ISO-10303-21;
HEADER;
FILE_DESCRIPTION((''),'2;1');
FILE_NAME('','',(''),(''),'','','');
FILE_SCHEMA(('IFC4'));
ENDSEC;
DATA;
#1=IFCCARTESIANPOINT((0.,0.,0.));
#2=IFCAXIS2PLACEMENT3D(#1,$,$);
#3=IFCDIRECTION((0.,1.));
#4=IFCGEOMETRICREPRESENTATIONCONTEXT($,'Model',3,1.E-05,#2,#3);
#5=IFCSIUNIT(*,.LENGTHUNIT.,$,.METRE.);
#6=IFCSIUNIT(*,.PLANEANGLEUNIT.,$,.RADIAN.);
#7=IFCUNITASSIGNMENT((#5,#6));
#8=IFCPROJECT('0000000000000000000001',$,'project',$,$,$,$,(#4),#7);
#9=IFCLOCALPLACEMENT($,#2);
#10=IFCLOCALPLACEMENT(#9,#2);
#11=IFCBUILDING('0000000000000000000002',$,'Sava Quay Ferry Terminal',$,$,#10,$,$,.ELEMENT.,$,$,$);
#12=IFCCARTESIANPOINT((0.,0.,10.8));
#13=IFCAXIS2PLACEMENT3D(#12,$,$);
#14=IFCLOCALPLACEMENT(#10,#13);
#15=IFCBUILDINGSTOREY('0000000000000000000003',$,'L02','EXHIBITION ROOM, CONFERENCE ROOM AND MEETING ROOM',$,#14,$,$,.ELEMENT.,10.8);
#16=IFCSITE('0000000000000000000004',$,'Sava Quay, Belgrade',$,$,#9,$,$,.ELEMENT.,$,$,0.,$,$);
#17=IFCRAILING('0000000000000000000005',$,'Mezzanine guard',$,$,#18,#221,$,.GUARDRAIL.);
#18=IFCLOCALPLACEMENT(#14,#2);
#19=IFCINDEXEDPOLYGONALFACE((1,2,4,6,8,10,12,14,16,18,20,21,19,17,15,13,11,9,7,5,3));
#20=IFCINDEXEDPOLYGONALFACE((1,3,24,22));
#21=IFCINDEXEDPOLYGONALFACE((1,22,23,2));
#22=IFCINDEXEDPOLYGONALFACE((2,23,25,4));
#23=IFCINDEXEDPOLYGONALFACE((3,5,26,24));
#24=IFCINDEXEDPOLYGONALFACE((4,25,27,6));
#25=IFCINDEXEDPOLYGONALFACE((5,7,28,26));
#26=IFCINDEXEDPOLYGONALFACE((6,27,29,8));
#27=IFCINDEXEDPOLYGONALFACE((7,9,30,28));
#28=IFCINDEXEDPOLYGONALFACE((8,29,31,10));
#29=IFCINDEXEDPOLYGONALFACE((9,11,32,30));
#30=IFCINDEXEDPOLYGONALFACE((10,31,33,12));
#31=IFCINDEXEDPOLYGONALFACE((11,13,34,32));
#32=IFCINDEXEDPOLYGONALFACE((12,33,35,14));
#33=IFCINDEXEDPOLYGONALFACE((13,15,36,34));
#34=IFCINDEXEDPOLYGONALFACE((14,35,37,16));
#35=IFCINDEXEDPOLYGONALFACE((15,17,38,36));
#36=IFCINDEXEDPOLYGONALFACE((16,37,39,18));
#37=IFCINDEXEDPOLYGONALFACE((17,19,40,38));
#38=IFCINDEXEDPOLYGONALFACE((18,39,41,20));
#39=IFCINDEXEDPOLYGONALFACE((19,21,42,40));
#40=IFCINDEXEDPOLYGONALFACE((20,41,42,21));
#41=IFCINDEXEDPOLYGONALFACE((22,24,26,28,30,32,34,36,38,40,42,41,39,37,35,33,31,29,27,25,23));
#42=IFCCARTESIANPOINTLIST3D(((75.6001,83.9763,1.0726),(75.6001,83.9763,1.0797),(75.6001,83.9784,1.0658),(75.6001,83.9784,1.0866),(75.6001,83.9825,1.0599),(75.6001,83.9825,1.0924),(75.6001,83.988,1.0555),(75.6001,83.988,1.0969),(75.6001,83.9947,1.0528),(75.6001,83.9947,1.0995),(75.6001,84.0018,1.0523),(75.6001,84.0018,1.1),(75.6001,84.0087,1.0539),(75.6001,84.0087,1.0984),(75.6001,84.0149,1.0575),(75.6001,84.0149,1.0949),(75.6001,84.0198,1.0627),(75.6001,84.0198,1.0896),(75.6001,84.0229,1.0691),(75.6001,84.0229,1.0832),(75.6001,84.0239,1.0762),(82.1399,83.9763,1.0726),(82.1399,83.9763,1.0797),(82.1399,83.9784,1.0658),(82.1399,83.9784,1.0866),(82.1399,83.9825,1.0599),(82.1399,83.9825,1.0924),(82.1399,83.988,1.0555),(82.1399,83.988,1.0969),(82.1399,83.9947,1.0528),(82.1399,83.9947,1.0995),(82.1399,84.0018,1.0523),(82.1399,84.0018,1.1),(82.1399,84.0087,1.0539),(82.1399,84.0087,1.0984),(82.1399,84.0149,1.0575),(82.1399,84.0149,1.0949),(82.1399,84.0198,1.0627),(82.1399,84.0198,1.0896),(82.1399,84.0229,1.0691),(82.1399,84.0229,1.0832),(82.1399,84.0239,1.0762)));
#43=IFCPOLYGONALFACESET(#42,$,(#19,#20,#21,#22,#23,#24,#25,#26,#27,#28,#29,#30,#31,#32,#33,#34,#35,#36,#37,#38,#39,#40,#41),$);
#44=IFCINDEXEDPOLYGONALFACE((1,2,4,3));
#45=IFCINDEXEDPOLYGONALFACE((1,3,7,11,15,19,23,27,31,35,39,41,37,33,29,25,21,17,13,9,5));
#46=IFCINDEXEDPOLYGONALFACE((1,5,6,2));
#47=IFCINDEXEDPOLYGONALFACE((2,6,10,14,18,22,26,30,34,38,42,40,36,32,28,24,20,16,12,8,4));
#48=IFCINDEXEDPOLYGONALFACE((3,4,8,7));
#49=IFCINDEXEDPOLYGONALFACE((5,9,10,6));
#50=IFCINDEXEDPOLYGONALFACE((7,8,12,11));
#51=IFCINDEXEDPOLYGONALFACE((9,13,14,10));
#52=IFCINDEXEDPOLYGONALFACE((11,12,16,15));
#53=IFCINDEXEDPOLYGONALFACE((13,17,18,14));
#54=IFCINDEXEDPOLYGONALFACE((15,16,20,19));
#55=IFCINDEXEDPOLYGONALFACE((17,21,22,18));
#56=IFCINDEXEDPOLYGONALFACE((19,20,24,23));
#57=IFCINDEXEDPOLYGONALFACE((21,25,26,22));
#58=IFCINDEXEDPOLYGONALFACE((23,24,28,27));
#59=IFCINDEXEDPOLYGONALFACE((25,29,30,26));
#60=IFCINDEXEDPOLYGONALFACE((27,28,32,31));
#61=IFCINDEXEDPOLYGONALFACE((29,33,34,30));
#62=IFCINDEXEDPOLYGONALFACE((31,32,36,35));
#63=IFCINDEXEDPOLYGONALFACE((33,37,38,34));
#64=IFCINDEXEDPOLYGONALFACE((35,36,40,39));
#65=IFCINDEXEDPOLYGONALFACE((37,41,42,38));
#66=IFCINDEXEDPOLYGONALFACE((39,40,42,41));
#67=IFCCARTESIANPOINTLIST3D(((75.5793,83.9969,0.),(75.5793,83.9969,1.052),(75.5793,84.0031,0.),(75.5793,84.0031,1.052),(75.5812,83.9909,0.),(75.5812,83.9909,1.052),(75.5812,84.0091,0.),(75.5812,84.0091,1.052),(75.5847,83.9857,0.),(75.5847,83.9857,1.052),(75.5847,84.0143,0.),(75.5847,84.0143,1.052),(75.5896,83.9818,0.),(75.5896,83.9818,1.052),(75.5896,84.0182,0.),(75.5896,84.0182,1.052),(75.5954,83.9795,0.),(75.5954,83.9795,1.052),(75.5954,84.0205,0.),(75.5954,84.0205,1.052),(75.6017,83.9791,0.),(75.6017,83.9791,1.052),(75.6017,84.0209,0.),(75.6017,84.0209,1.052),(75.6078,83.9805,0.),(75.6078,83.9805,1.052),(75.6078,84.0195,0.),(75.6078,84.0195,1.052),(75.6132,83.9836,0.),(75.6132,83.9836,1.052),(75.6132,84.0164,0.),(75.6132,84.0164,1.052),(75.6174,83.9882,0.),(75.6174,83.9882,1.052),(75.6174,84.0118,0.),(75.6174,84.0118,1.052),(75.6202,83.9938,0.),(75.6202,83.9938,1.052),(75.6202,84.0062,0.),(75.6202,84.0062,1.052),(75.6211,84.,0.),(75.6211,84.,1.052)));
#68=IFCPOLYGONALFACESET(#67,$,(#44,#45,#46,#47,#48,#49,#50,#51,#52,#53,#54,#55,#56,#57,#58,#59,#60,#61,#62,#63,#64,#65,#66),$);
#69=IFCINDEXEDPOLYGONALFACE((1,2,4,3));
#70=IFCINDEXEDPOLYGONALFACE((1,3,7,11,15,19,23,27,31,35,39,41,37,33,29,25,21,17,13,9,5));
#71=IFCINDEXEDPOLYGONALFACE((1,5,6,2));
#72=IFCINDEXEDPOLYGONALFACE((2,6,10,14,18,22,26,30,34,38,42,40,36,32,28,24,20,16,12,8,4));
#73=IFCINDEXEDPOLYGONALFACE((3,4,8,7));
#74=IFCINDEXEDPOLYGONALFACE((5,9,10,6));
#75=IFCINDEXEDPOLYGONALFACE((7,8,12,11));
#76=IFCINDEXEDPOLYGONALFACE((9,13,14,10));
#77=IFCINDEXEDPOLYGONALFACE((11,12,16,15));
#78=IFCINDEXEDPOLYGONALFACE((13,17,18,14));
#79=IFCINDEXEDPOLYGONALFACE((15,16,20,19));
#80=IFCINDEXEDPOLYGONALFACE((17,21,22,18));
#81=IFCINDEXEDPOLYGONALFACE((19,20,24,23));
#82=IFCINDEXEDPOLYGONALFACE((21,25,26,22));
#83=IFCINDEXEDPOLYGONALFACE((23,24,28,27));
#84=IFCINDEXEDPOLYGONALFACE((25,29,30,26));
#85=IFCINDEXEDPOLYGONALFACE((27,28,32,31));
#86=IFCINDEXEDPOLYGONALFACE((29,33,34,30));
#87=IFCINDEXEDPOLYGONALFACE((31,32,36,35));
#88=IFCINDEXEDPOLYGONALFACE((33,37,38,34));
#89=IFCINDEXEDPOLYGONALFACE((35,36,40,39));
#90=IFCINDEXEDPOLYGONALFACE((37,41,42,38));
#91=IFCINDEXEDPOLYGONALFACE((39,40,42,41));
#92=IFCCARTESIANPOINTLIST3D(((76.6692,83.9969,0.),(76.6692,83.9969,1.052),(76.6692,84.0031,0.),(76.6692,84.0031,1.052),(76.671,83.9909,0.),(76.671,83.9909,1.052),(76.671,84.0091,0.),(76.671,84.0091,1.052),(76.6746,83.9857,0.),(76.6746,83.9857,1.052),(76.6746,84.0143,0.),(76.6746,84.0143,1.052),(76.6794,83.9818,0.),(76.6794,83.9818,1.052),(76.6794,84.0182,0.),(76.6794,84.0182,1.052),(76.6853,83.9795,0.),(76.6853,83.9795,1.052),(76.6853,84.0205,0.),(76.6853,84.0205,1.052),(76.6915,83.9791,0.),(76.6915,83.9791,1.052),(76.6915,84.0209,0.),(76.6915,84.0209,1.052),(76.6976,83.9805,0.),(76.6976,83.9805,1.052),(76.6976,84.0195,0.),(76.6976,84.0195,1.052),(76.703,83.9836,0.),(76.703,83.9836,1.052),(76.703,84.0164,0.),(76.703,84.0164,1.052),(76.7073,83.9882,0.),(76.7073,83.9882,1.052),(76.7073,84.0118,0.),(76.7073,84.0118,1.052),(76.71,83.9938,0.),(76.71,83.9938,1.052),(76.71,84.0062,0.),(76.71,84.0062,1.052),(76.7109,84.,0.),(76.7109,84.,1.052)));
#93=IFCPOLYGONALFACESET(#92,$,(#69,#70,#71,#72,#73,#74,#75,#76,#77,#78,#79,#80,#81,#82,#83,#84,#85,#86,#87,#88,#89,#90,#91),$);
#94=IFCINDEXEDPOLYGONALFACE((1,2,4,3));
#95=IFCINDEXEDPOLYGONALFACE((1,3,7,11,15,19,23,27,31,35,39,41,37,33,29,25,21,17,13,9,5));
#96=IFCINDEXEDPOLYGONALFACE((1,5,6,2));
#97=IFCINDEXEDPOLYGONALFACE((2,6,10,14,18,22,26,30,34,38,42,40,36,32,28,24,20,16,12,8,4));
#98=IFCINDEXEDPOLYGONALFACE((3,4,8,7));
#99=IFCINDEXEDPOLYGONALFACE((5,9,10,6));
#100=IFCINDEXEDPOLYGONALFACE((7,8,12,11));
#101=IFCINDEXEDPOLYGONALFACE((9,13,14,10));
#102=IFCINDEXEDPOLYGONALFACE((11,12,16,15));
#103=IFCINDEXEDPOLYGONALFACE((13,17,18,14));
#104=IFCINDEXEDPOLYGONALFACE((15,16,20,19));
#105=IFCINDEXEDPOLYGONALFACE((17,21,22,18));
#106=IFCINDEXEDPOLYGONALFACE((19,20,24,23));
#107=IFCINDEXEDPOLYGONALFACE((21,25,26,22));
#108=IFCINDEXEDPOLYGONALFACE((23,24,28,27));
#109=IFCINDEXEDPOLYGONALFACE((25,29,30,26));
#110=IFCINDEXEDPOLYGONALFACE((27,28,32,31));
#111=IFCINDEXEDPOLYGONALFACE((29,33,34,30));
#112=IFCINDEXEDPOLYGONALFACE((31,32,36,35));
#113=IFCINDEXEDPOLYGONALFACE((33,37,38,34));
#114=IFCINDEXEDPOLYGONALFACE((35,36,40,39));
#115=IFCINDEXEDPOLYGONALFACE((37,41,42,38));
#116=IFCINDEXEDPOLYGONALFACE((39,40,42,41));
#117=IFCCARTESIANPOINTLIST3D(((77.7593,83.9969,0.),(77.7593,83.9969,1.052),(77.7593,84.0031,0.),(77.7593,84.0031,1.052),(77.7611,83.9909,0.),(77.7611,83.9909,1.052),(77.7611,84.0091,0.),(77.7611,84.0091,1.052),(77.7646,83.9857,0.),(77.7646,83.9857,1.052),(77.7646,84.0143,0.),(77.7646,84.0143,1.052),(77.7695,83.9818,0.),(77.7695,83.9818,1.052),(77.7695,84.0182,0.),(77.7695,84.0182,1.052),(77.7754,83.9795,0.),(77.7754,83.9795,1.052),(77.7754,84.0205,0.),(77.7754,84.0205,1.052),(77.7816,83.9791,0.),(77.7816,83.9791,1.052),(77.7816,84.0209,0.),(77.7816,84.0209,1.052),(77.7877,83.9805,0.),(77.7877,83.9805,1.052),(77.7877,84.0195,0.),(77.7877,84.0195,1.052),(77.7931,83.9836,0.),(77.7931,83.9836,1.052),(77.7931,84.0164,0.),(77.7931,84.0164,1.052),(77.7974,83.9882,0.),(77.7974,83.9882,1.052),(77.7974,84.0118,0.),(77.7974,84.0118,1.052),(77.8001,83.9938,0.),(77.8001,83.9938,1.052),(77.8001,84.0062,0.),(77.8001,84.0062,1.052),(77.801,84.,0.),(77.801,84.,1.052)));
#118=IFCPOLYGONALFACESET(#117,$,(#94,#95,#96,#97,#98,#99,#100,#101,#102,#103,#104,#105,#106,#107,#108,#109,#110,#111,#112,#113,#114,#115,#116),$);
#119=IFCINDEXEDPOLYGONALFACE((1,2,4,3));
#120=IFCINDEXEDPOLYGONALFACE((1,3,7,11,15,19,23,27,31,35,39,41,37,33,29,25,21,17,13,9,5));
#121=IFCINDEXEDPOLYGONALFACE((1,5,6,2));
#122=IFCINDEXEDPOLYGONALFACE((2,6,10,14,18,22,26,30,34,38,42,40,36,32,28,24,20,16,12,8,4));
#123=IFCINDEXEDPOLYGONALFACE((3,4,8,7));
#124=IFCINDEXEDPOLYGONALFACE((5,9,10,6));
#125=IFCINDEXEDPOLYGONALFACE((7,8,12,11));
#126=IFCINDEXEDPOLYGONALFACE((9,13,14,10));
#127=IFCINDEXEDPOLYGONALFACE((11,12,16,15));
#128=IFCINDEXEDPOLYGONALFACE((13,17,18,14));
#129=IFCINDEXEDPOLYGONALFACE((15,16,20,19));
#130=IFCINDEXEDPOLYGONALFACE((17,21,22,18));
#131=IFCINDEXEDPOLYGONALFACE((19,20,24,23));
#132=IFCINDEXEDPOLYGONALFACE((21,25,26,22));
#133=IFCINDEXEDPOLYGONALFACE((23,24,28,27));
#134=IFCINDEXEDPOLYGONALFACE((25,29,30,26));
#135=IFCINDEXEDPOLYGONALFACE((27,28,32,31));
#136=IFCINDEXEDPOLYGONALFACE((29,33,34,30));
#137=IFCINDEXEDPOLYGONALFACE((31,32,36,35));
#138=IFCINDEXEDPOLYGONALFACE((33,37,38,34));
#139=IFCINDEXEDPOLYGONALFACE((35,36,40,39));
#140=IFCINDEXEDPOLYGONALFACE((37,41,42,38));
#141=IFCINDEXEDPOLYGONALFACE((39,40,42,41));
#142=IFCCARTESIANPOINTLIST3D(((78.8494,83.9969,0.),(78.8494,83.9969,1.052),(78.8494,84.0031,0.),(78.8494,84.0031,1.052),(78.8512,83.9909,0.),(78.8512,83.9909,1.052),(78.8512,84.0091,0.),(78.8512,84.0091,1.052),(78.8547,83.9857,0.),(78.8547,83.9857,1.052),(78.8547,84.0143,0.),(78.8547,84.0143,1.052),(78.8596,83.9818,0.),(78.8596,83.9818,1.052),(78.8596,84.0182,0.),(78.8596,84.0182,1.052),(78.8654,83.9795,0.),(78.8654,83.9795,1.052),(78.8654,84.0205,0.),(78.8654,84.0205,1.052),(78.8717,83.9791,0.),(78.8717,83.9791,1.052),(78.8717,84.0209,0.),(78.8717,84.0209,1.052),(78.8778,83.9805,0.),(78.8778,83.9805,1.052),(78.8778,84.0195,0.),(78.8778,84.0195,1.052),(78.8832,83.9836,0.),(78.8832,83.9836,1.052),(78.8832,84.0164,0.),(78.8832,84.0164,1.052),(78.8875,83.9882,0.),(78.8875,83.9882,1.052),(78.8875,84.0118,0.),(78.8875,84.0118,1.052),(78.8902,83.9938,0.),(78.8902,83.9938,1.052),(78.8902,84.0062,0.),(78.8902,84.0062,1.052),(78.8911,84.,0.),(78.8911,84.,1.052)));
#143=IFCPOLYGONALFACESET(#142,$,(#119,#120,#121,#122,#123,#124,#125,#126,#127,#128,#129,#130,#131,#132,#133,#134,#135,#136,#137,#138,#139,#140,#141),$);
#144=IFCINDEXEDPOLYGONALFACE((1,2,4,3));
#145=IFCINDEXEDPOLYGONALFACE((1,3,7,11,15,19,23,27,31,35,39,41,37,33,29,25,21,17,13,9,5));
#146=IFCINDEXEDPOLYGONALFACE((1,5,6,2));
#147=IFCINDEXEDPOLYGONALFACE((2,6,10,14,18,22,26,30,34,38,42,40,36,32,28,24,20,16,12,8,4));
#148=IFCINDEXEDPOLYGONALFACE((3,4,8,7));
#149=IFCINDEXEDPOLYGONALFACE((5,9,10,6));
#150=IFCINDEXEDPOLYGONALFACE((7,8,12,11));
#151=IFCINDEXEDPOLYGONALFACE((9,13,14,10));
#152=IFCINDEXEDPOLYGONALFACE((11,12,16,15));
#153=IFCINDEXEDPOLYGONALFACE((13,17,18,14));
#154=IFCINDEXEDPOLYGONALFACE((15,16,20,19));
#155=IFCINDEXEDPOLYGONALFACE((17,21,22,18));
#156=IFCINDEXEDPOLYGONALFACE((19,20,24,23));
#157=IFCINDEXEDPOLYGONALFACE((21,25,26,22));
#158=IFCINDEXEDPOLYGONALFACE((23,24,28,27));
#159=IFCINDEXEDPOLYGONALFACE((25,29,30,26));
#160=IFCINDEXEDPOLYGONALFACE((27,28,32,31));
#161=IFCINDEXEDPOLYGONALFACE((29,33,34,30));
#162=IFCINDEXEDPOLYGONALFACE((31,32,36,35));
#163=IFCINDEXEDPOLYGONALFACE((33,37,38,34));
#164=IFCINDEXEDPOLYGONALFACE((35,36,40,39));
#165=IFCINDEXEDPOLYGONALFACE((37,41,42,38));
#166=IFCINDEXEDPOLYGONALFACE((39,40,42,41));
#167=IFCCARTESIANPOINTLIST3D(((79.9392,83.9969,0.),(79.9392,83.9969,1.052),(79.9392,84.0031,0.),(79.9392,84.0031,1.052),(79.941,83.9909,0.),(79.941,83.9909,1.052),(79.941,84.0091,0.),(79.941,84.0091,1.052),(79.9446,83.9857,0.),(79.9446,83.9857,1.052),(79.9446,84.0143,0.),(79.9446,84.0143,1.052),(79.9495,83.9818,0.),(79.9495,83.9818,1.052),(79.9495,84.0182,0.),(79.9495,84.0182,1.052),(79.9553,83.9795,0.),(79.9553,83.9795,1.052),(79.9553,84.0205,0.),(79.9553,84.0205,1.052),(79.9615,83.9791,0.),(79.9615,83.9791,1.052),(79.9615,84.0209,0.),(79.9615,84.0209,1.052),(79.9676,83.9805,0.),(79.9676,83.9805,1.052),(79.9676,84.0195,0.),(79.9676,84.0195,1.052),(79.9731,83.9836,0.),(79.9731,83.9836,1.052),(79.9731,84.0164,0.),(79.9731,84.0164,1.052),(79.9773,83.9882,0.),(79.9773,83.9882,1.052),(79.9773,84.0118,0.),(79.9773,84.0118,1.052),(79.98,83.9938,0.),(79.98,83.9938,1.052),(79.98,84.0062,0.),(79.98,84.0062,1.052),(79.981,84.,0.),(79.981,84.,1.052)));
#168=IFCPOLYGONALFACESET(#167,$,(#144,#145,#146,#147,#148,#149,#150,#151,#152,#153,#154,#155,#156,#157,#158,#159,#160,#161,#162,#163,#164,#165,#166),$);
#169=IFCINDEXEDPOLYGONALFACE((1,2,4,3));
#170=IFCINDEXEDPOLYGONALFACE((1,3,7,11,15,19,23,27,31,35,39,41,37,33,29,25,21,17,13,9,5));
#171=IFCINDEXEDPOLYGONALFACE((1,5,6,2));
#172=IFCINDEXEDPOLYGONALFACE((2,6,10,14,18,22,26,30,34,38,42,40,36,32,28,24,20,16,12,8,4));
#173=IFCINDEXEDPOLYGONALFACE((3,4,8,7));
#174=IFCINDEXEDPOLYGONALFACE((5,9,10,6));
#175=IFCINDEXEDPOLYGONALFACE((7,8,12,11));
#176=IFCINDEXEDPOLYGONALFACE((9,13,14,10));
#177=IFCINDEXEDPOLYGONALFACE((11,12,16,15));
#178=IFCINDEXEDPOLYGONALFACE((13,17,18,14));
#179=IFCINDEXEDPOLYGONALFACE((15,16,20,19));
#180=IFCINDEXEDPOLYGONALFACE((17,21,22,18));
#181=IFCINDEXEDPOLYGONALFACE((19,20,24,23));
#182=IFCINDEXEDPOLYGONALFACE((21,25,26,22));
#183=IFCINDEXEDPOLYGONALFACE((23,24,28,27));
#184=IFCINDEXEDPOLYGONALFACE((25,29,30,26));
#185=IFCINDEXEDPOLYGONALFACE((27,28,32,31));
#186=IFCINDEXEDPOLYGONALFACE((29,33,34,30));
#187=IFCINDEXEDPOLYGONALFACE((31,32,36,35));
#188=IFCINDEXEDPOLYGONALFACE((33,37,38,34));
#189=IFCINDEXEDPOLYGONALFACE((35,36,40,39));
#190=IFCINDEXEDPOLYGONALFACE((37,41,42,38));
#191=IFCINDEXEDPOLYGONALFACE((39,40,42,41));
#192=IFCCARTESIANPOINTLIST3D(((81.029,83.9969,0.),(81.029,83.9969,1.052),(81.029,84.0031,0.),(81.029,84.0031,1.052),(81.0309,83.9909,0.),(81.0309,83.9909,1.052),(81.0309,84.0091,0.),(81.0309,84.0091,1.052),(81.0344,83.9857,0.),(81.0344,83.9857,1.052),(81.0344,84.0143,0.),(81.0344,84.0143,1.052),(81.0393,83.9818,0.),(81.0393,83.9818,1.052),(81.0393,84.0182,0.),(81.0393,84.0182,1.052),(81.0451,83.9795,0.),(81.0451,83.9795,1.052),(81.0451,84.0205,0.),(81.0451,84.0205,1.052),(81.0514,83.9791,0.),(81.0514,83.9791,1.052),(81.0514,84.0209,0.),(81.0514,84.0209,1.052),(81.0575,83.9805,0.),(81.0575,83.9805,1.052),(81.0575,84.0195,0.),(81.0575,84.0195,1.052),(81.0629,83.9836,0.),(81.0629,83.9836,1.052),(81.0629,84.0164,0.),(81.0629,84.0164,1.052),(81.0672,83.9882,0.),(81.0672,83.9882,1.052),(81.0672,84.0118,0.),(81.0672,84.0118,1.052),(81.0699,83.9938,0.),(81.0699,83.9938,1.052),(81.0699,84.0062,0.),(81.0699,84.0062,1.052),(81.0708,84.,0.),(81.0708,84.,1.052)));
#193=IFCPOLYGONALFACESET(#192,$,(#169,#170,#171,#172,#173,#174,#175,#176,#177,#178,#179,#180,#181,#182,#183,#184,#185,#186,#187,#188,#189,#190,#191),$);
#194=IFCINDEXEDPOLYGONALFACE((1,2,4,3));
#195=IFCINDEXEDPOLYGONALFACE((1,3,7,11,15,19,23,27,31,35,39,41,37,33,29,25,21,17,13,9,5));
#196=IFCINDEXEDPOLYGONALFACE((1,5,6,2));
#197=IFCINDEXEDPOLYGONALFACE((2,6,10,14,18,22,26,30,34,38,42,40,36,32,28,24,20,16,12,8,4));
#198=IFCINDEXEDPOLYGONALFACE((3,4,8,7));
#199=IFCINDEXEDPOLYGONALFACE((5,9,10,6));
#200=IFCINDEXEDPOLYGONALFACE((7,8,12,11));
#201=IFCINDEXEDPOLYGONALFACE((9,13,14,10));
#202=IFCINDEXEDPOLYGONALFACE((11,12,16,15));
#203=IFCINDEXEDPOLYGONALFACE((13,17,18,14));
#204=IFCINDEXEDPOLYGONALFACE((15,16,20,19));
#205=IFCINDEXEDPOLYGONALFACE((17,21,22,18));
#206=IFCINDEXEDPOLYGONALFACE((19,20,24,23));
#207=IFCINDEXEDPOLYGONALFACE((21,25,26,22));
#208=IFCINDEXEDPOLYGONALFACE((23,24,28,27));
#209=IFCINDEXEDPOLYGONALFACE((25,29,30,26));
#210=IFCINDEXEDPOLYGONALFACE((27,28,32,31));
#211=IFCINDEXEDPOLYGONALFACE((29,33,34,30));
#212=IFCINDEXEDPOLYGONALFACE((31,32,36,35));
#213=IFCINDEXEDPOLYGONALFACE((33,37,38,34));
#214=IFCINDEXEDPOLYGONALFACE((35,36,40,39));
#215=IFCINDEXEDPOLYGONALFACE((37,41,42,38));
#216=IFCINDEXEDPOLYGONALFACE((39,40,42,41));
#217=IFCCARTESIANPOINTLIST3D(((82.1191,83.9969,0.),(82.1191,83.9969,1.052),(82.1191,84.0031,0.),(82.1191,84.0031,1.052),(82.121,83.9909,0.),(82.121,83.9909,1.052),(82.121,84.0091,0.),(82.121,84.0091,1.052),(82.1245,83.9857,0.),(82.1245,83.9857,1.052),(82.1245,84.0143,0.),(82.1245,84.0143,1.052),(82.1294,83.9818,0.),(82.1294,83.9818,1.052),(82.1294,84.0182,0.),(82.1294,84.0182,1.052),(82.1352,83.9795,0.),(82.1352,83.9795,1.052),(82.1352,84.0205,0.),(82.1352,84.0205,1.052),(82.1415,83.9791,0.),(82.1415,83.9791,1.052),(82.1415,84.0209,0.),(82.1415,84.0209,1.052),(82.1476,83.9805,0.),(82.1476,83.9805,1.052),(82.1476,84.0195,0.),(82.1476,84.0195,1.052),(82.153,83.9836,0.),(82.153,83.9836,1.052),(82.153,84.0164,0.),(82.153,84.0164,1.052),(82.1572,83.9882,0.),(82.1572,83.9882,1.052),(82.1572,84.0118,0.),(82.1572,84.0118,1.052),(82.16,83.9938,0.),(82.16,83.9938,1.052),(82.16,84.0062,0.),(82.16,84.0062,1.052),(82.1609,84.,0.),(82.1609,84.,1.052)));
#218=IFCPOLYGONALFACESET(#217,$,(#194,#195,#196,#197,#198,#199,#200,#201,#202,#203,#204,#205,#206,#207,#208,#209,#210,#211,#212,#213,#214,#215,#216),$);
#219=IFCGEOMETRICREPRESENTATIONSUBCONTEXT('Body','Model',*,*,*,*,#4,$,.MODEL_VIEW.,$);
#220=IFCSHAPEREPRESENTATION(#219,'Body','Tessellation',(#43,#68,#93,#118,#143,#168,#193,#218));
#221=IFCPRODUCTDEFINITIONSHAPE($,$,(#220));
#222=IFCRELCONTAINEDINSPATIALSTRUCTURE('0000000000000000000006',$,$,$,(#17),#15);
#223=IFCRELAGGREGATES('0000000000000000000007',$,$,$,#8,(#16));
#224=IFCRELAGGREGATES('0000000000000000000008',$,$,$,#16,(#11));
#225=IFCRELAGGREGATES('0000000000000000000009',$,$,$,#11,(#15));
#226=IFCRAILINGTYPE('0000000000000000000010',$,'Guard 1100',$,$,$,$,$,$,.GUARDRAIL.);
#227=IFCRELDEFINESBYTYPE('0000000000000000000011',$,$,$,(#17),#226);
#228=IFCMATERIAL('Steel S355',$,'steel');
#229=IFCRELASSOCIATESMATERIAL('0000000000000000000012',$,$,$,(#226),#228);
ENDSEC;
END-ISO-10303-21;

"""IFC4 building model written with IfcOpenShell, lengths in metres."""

from ifc_helpers import new_model, si_unit, direction, frame, origin, origin_2d, place, context, subcontext, project, spatial, circle, extrude, material, type_object, element, save


model = new_model("IFC4")

# Units and contexts
model_context = context("Model", 3, precision=1e-05, world=origin(), true_north=direction((0.0, 1.0)))
body_context = subcontext(model_context, "Body", "Model", "MODEL_VIEW")
ifc_project = project(units=[si_unit("LENGTHUNIT", "METRE"), si_unit("PLANEANGLEUNIT", "RADIAN")], contexts=[model_context])

# Site, building, storey
site_placement = place(None, origin())
site = spatial("IfcSite", under=ifc_project, at=site_placement, Name="Sava Quay, Belgrade", CompositionType="ELEMENT", RefElevation=0.0)
building_placement = place(site_placement, origin())
building = spatial("IfcBuilding", under=site, at=building_placement, Name="Sava Quay Ferry Terminal", CompositionType="ELEMENT")
storey_placement = place(building_placement, frame((0.0, 0.0, 10.8)))
storey = spatial("IfcBuildingStorey", under=building, at=storey_placement, Name="L02", Description="EXHIBITION ROOM, CONFERENCE ROOM AND MEETING ROOM", CompositionType="ELEMENT", Elevation=10.8)

# Railing
ifc_material_1 = material(Name="Steel S355", Category="steel")
railing_type = type_object("IfcRailingType", Name="Guard 1100", PredefinedType="GUARDRAIL", material=ifc_material_1)
railing_1_placement = place(storey_placement, frame((75.6001, 84.0, 0.0)))
element("IfcRailing", 1, at=railing_1_placement, inside=storey, type_object=railing_type, Name="Mezzanine guard", PredefinedType="GUARDRAIL", context=body_context, shape_type="SweptSolid", body=[
    extrude(circle(Radius=0.0239, at=origin_2d()), frame((0.0, 0.0, 1.0762), z_axis=(1.0, 0.0, 0.0), x_axis=(0.0, 1.0, 0.0)), (0.0, 0.0, 1.0), 6.5398),
    extrude(circle(Radius=0.021, at=origin_2d()), origin(), (0.0, 0.0, 1.0), 1.052),
    extrude(circle(Radius=0.021, at=origin_2d()), frame((1.0898, 0.0, 0.0)), (0.0, 0.0, 1.0), 1.052),
    extrude(circle(Radius=0.021, at=origin_2d()), frame((2.1799, 0.0, 0.0)), (0.0, 0.0, 1.0), 1.052),
    extrude(circle(Radius=0.021, at=origin_2d()), frame((3.27, 0.0, 0.0)), (0.0, 0.0, 1.0), 1.052),
    extrude(circle(Radius=0.021, at=origin_2d()), frame((4.3599, 0.0, 0.0)), (0.0, 0.0, 1.0), 1.052),
    extrude(circle(Radius=0.021, at=origin_2d()), frame((5.4497, 0.0, 0.0)), (0.0, 0.0, 1.0), 1.052),
    extrude(circle(Radius=0.021, at=origin_2d()), frame((6.5398, 0.0, 0.0)), (0.0, 0.0, 1.0), 1.052),
])

save(model, "model.ifc")
